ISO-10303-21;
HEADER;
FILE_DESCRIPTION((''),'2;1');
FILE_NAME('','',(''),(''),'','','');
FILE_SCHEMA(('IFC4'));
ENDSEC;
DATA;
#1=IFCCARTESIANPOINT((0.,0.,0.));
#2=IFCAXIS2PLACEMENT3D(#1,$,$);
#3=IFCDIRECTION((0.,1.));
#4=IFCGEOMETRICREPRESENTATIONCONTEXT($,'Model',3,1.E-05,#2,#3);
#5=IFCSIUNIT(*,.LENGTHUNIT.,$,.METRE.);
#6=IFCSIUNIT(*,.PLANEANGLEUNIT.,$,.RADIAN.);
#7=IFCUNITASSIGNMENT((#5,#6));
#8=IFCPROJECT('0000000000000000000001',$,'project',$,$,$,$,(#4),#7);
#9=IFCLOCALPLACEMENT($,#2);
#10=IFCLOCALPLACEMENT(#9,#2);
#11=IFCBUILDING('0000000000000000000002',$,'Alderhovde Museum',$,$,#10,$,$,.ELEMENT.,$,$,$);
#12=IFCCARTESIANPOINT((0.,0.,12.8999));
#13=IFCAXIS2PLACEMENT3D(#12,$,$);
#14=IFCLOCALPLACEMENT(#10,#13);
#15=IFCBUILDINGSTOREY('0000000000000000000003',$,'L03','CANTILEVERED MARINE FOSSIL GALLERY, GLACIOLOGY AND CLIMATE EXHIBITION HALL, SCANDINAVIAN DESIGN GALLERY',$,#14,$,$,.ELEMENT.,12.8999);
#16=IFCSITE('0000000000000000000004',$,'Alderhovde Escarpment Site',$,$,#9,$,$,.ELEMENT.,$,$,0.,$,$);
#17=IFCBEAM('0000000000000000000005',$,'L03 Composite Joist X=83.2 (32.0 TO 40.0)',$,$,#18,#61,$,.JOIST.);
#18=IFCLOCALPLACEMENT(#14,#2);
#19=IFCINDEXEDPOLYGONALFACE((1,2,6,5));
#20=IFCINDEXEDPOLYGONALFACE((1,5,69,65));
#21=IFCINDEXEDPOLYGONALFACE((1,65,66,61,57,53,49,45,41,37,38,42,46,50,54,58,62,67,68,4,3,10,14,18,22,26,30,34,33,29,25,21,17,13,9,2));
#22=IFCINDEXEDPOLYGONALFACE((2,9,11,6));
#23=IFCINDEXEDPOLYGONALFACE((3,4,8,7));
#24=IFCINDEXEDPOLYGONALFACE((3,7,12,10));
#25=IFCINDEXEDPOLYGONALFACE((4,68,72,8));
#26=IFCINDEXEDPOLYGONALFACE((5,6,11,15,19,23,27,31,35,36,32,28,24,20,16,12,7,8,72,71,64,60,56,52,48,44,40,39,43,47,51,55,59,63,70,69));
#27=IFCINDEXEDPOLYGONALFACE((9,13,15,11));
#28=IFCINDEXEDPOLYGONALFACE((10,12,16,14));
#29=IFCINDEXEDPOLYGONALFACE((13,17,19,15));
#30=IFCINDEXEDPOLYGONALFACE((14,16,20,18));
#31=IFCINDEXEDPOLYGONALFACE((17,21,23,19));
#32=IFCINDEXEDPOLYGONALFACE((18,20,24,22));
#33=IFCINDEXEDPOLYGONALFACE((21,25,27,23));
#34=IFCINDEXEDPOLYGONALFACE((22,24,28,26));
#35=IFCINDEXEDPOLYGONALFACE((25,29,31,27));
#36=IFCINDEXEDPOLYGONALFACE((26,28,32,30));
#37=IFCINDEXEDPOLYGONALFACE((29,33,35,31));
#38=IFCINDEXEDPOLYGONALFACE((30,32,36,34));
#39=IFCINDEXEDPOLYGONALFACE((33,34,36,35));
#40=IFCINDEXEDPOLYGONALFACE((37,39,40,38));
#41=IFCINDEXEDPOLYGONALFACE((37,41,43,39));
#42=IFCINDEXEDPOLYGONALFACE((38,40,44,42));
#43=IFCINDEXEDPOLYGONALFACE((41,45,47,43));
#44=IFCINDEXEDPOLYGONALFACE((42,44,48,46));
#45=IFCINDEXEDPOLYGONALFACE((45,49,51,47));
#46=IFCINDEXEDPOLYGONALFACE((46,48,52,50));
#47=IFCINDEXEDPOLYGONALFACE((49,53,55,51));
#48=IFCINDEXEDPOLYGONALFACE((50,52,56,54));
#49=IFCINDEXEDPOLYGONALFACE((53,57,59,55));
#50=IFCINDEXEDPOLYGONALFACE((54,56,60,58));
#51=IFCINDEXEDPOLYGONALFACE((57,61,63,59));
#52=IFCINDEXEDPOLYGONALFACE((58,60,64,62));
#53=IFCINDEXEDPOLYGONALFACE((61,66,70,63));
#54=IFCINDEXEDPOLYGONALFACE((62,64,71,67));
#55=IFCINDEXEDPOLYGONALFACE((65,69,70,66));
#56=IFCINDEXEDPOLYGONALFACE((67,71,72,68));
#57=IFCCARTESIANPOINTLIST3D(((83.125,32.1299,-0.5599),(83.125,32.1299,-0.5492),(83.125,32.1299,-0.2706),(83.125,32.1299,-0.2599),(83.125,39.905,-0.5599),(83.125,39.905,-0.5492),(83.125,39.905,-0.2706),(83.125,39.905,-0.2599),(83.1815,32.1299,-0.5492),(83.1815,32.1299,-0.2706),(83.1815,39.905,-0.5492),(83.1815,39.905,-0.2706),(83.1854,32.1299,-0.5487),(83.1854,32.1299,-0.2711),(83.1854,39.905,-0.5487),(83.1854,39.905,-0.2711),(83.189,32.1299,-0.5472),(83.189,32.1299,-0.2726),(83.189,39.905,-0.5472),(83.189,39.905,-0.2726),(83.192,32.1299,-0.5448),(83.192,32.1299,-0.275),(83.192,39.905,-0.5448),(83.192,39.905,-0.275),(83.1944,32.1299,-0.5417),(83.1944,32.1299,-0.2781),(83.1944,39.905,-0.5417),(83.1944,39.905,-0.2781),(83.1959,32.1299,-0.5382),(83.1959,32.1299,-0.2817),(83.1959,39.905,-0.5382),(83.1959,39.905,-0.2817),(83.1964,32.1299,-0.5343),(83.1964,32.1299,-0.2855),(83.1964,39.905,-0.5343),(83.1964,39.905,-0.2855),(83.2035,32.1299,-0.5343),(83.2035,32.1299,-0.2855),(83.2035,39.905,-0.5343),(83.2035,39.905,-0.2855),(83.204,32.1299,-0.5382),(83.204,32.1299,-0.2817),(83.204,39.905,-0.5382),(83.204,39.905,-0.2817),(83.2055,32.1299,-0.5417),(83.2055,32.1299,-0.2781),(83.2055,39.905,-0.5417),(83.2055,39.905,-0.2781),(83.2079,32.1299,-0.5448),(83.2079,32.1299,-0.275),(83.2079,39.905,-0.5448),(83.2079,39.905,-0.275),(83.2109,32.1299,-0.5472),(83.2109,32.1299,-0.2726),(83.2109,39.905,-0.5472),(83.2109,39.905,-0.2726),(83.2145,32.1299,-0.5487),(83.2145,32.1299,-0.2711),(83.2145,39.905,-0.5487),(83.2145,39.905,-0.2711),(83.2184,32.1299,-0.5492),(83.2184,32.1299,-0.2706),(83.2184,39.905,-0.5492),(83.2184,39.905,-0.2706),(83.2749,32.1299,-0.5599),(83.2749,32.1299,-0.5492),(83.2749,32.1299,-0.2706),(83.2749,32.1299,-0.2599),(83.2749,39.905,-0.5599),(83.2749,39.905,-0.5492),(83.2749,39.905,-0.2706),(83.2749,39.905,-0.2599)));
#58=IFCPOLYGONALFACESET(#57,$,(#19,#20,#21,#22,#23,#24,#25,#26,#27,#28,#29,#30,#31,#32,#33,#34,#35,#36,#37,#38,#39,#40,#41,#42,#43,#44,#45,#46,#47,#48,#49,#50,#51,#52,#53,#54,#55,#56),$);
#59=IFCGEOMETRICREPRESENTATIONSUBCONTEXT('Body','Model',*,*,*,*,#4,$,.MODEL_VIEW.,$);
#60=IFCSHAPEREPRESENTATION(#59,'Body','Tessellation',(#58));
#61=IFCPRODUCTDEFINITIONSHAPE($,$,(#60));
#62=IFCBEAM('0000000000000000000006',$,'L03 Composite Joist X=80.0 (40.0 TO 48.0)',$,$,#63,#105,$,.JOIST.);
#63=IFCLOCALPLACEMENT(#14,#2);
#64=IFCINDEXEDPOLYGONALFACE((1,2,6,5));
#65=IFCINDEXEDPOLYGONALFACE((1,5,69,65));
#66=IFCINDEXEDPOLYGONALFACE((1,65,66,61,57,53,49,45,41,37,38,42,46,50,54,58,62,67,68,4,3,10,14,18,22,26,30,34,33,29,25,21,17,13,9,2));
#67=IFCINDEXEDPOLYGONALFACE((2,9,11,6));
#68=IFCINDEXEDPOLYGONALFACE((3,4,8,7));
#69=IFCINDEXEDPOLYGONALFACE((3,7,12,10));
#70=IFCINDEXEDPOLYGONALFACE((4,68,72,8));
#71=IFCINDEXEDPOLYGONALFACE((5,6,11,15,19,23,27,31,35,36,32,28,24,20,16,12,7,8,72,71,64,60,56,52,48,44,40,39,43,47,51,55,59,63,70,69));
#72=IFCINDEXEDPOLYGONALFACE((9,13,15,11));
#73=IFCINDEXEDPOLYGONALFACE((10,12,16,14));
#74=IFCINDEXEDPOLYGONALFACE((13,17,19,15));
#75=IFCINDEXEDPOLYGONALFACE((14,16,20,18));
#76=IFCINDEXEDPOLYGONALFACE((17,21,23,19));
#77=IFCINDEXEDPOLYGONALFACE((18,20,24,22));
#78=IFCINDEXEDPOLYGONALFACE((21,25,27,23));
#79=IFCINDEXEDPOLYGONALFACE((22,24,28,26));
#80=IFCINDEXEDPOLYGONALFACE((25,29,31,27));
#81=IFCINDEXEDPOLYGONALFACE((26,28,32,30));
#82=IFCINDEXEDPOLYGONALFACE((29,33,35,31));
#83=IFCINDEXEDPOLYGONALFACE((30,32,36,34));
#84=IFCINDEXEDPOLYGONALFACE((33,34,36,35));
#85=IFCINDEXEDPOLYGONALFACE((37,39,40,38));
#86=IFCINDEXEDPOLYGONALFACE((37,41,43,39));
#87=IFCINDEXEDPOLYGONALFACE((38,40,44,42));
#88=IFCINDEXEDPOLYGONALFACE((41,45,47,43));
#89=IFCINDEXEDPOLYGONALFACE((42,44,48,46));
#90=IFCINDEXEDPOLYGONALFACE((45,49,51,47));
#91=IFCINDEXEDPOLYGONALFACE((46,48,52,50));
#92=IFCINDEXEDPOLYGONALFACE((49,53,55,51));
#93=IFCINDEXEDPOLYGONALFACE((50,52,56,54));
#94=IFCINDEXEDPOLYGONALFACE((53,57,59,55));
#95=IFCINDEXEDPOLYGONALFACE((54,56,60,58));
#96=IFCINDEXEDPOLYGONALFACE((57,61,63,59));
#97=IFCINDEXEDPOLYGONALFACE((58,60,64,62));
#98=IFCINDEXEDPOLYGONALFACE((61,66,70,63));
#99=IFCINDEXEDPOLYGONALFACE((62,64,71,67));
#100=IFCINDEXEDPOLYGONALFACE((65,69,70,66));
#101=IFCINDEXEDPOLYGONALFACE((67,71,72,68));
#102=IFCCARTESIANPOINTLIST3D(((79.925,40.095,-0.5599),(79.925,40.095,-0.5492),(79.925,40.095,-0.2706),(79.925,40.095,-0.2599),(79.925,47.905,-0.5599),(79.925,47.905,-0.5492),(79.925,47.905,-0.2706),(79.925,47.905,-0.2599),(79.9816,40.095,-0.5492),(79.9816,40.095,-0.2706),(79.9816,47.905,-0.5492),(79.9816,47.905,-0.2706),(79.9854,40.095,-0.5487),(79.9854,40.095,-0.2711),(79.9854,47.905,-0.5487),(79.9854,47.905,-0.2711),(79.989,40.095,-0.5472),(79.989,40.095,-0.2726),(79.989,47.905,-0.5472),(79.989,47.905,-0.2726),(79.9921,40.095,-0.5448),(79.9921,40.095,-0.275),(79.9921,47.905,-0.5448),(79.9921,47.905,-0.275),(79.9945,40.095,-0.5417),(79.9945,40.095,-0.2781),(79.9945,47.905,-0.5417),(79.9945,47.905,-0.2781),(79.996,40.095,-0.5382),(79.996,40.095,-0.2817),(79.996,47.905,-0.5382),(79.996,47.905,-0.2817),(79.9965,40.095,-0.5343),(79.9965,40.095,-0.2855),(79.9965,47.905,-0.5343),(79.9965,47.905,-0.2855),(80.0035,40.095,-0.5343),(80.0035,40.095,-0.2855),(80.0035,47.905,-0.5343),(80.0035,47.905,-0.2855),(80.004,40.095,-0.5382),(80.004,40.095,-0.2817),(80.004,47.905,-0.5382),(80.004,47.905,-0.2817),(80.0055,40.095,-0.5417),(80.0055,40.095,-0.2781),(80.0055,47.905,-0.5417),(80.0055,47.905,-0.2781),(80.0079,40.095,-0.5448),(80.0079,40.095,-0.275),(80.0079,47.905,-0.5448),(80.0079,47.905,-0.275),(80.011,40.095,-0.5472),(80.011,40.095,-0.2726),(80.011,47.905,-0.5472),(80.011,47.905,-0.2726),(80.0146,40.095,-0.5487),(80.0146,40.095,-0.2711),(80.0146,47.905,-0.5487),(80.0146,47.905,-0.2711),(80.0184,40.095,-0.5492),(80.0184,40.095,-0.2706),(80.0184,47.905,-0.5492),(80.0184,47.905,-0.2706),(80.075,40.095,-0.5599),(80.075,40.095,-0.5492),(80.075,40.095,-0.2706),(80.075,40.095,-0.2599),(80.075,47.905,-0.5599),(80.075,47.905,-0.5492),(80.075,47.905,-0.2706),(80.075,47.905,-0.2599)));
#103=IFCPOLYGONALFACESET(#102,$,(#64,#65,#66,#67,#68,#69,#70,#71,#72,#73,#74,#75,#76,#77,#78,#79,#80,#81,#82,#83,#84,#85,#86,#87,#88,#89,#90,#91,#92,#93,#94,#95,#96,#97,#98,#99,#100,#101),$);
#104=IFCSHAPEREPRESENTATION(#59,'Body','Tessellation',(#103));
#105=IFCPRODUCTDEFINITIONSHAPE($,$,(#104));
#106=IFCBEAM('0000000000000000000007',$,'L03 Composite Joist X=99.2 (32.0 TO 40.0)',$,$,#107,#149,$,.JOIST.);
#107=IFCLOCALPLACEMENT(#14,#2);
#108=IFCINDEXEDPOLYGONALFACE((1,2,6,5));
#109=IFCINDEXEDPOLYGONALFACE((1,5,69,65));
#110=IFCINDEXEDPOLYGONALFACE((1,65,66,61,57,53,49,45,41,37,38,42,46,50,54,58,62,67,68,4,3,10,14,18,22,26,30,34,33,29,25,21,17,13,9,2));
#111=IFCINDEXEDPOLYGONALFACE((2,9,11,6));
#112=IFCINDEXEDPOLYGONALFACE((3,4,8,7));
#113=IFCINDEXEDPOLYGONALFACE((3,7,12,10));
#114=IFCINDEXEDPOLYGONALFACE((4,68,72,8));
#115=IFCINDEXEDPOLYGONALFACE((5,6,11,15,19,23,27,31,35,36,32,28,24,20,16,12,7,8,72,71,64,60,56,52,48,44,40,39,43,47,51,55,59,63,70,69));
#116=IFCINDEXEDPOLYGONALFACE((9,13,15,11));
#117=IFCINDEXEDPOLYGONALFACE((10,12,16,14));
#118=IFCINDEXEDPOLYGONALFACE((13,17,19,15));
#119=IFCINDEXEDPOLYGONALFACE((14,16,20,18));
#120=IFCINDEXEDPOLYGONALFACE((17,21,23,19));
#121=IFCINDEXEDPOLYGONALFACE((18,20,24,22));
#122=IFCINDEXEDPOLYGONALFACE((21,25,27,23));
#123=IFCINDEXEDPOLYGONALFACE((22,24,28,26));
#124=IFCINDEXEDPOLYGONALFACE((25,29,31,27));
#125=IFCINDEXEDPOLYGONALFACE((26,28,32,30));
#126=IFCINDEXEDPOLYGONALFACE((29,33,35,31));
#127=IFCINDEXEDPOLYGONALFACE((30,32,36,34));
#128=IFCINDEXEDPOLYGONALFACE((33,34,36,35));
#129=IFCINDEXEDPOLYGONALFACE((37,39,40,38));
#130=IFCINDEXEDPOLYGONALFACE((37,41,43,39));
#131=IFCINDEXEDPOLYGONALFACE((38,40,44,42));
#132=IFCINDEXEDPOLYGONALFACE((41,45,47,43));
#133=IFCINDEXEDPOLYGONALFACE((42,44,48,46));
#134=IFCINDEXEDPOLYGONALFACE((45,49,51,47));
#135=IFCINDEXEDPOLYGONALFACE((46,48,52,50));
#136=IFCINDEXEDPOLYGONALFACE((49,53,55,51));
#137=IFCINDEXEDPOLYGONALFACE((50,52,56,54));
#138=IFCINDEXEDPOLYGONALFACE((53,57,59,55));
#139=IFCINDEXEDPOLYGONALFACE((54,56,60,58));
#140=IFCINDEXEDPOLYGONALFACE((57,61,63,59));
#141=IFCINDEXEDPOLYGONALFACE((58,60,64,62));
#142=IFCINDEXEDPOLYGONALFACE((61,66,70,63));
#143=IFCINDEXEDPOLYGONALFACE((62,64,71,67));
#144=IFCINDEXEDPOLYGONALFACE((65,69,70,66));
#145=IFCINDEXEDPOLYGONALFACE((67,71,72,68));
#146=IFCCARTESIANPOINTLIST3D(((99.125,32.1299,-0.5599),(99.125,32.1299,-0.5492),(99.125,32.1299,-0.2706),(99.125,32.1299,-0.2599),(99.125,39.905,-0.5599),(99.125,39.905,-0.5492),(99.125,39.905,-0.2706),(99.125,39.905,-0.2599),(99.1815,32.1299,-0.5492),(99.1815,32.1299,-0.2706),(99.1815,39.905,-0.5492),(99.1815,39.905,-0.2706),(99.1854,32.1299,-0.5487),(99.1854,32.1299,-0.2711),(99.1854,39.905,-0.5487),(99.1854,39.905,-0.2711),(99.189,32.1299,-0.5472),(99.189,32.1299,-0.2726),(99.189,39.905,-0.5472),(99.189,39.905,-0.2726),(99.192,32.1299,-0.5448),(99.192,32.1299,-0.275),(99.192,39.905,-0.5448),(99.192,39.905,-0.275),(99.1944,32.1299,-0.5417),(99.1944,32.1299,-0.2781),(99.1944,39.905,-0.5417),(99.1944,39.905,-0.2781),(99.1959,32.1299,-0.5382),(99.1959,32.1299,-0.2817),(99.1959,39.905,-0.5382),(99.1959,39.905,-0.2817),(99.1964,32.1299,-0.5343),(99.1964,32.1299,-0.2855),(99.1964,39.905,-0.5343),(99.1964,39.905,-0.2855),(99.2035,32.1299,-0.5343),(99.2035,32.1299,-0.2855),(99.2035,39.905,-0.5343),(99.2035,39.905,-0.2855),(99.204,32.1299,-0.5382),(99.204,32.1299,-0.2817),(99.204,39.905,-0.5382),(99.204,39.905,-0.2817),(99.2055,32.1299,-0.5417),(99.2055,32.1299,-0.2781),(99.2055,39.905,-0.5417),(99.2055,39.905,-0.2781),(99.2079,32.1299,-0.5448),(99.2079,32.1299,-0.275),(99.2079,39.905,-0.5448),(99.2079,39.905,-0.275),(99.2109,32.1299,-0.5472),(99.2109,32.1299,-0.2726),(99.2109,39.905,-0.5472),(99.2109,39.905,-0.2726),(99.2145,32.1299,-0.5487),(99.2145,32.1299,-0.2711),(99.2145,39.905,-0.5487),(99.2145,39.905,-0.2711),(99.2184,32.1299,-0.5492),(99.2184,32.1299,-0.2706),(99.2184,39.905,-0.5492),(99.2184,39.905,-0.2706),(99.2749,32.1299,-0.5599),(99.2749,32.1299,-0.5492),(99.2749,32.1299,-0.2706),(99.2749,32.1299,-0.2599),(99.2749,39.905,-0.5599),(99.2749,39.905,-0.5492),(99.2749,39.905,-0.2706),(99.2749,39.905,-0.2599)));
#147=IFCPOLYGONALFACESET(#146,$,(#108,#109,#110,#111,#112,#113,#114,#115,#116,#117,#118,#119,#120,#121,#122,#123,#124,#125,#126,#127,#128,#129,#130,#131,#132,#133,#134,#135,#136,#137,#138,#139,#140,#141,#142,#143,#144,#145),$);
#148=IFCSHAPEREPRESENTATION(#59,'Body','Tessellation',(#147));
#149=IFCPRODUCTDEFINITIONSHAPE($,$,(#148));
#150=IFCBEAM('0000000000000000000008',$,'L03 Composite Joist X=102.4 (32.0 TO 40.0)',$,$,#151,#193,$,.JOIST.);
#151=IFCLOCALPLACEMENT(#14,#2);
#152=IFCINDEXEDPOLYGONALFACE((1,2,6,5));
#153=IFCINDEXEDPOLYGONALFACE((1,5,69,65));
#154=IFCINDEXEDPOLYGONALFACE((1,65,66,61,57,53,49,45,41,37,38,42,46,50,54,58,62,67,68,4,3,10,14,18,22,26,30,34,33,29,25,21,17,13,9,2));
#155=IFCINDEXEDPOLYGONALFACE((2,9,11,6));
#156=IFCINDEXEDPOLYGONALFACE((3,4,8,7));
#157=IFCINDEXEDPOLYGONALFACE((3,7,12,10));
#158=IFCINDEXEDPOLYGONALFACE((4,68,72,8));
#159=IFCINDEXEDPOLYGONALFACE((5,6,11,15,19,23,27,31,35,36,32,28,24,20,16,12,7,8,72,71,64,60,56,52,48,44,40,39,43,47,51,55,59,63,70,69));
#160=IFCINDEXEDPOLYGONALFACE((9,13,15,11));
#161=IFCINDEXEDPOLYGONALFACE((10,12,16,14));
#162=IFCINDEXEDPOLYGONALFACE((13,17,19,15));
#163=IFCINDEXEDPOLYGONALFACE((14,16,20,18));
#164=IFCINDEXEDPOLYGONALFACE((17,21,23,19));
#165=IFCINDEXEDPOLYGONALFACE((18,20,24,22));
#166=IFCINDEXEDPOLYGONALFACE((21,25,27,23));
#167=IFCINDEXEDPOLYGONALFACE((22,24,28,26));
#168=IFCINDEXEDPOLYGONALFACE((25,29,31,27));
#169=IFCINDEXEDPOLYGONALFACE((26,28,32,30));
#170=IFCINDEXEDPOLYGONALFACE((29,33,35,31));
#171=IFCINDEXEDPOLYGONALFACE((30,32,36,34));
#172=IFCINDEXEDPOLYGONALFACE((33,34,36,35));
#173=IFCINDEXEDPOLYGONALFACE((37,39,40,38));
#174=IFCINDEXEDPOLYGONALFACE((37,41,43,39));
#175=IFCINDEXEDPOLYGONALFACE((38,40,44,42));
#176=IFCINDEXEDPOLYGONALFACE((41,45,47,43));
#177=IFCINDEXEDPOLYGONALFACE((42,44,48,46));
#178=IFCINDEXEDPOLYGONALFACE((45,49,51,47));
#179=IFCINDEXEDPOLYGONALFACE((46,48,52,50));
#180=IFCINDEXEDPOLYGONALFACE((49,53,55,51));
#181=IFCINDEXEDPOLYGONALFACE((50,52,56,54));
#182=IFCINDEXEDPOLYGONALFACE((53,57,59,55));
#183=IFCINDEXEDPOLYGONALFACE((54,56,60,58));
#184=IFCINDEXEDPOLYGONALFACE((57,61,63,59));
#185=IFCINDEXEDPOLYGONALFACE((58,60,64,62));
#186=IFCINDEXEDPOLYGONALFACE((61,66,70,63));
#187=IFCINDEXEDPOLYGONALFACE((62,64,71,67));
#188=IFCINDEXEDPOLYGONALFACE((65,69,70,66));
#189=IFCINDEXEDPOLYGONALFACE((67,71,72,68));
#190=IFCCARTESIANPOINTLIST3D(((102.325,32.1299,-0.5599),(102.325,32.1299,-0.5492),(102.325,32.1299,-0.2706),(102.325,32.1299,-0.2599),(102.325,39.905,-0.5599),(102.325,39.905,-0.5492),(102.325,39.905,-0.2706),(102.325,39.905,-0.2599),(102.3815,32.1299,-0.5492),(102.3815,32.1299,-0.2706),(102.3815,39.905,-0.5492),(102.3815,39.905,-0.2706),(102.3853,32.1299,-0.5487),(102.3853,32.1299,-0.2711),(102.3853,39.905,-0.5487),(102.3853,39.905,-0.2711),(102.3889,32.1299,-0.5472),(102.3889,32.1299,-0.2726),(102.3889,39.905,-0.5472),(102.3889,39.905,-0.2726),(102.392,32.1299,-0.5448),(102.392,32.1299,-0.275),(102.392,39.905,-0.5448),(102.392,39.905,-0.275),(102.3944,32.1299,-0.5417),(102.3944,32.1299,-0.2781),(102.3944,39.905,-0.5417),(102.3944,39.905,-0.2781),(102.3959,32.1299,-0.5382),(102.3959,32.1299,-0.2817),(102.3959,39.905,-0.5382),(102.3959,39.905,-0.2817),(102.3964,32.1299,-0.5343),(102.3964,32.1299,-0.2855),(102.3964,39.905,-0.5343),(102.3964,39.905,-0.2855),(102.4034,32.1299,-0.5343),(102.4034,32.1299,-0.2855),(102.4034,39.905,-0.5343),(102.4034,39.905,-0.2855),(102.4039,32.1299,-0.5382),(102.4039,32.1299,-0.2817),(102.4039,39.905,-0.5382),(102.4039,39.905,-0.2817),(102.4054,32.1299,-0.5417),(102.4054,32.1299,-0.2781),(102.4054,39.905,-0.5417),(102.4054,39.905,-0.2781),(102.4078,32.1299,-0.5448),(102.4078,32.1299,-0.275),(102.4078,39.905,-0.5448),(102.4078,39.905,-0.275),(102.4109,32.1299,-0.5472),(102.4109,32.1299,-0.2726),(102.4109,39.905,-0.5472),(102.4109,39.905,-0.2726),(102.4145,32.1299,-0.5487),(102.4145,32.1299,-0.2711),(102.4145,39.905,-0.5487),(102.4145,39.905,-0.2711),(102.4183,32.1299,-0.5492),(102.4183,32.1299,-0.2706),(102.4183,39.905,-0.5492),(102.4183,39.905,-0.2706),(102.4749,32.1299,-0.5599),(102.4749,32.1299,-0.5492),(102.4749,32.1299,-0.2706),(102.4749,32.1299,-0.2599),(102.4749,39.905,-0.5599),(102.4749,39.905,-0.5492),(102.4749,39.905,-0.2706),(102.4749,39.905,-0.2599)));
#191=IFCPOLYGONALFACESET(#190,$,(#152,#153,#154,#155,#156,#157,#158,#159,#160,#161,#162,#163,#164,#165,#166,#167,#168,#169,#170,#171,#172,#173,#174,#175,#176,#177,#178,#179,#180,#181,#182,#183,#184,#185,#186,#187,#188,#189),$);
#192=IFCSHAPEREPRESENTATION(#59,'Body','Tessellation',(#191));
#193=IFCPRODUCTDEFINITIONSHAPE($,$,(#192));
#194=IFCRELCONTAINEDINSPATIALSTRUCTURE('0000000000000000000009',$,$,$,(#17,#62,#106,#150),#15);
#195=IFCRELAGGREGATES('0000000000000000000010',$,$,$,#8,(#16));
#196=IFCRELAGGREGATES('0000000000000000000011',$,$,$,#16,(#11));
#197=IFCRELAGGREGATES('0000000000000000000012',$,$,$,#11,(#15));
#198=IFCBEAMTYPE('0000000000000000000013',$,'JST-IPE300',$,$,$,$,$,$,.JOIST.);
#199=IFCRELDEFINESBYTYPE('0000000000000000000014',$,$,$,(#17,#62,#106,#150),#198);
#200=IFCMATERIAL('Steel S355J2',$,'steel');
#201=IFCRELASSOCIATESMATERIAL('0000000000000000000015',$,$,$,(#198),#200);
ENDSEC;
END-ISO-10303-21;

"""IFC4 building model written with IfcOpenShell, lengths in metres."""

from ifc_helpers import new_model, si_unit, direction, frame, origin, origin_2d, place, context, subcontext, project, spatial, i_section, extrude, material, material_profile, profile_set, type_object, element, save


model = new_model("IFC4")

# Units and contexts
model_context = context("Model", 3, precision=1e-05, world=origin(), true_north=direction((0.0, 1.0)))
body_context = subcontext(model_context, "Body", "Model", "MODEL_VIEW")
ifc_project = project(units=[si_unit("LENGTHUNIT", "METRE"), si_unit("PLANEANGLEUNIT", "RADIAN")], contexts=[model_context])

# Site, building, storey
site_placement = place(None, origin())
site = spatial("IfcSite", under=ifc_project, at=site_placement, Name="Alderhovde Escarpment Site", CompositionType="ELEMENT", RefElevation=0.0)
building_placement = place(site_placement, origin())
building = spatial("IfcBuilding", under=site, at=building_placement, Name="Alderhovde Museum", CompositionType="ELEMENT")
storey_placement = place(building_placement, frame((0.0, 0.0, 12.8999)))
storey = spatial("IfcBuildingStorey", under=building, at=storey_placement, Name="L03", Description="CANTILEVERED MARINE FOSSIL GALLERY, GLACIOLOGY AND CLIMATE EXHIBITION HALL, SCANDINAVIAN DESIGN GALLERY", CompositionType="ELEMENT", Elevation=12.8999)

# Beams
ifc_material_1 = material(Name="Steel S355J2", Category="steel")
ifc_material_profile_1 = material_profile(ifc_material_1, i_section(OverallWidth=0.1499, OverallDepth=0.3, WebThickness=0.0071, FlangeThickness=0.0107, FilletRadius=0.0149, at=origin_2d()), Name="IPE 300")
ifc_profile_set_1 = profile_set([ifc_material_profile_1], Name="Steel S355J2")
beam_type_1 = type_object("IfcBeamType", Name="JST-IPE300", PredefinedType="JOIST", material=ifc_profile_set_1)
for number, where, z_axis, x_axis, name in (
    (1, (83.2, 32.1299, -0.4099), (0.0, 1.0, 0.0), (-1.0, 0.0, 0.0), "L03 Composite Joist X=83.2 (32.0 TO 40.0)"),
):
    element("IfcBeam", number, at=place(storey_placement, frame(where, z_axis=z_axis, x_axis=x_axis)), inside=storey, type_object=beam_type_1, Name=name, PredefinedType="JOIST", context=body_context, shape_type="SweptSolid", body=[
        extrude(i_section(OverallWidth=0.1499, OverallDepth=0.3, WebThickness=0.0071, FlangeThickness=0.0107, FilletRadius=0.0149, at=origin_2d()), origin(), (0.0, 0.0, 1.0), 7.7751),
    ])
beam_placement = place(storey_placement, frame((80.0, 40.095, -0.4099), z_axis=(0.0, 1.0, 0.0), x_axis=(-1.0, 0.0, 0.0)))
element("IfcBeam", 2, at=beam_placement, inside=storey, type_object=beam_type_1, Name="L03 Composite Joist X=80.0 (40.0 TO 48.0)", PredefinedType="JOIST", context=body_context, shape_type="SweptSolid", body=[
    extrude(i_section(OverallWidth=0.1499, OverallDepth=0.3, WebThickness=0.0071, FlangeThickness=0.0107, FilletRadius=0.0149, at=origin_2d()), origin(), (0.0, 0.0, 1.0), 7.8101),
])
for number, where, z_axis, x_axis, name in (
    (3, (99.2, 32.1299, -0.4099), (0.0, 1.0, 0.0), (-1.0, 0.0, 0.0), "L03 Composite Joist X=99.2 (32.0 TO 40.0)"),
    (4, (102.3999, 32.1299, -0.4099), (0.0, 1.0, 0.0), (-1.0, 0.0, 0.0), "L03 Composite Joist X=102.4 (32.0 TO 40.0)"),
):
    element("IfcBeam", number, at=place(storey_placement, frame(where, z_axis=z_axis, x_axis=x_axis)), inside=storey, type_object=beam_type_1, Name=name, PredefinedType="JOIST", context=body_context, shape_type="SweptSolid", body=[
        extrude(i_section(OverallWidth=0.1499, OverallDepth=0.3, WebThickness=0.0071, FlangeThickness=0.0107, FilletRadius=0.0149, at=origin_2d()), origin(), (0.0, 0.0, 1.0), 7.7751),
    ])

save(model, "model.ifc")
